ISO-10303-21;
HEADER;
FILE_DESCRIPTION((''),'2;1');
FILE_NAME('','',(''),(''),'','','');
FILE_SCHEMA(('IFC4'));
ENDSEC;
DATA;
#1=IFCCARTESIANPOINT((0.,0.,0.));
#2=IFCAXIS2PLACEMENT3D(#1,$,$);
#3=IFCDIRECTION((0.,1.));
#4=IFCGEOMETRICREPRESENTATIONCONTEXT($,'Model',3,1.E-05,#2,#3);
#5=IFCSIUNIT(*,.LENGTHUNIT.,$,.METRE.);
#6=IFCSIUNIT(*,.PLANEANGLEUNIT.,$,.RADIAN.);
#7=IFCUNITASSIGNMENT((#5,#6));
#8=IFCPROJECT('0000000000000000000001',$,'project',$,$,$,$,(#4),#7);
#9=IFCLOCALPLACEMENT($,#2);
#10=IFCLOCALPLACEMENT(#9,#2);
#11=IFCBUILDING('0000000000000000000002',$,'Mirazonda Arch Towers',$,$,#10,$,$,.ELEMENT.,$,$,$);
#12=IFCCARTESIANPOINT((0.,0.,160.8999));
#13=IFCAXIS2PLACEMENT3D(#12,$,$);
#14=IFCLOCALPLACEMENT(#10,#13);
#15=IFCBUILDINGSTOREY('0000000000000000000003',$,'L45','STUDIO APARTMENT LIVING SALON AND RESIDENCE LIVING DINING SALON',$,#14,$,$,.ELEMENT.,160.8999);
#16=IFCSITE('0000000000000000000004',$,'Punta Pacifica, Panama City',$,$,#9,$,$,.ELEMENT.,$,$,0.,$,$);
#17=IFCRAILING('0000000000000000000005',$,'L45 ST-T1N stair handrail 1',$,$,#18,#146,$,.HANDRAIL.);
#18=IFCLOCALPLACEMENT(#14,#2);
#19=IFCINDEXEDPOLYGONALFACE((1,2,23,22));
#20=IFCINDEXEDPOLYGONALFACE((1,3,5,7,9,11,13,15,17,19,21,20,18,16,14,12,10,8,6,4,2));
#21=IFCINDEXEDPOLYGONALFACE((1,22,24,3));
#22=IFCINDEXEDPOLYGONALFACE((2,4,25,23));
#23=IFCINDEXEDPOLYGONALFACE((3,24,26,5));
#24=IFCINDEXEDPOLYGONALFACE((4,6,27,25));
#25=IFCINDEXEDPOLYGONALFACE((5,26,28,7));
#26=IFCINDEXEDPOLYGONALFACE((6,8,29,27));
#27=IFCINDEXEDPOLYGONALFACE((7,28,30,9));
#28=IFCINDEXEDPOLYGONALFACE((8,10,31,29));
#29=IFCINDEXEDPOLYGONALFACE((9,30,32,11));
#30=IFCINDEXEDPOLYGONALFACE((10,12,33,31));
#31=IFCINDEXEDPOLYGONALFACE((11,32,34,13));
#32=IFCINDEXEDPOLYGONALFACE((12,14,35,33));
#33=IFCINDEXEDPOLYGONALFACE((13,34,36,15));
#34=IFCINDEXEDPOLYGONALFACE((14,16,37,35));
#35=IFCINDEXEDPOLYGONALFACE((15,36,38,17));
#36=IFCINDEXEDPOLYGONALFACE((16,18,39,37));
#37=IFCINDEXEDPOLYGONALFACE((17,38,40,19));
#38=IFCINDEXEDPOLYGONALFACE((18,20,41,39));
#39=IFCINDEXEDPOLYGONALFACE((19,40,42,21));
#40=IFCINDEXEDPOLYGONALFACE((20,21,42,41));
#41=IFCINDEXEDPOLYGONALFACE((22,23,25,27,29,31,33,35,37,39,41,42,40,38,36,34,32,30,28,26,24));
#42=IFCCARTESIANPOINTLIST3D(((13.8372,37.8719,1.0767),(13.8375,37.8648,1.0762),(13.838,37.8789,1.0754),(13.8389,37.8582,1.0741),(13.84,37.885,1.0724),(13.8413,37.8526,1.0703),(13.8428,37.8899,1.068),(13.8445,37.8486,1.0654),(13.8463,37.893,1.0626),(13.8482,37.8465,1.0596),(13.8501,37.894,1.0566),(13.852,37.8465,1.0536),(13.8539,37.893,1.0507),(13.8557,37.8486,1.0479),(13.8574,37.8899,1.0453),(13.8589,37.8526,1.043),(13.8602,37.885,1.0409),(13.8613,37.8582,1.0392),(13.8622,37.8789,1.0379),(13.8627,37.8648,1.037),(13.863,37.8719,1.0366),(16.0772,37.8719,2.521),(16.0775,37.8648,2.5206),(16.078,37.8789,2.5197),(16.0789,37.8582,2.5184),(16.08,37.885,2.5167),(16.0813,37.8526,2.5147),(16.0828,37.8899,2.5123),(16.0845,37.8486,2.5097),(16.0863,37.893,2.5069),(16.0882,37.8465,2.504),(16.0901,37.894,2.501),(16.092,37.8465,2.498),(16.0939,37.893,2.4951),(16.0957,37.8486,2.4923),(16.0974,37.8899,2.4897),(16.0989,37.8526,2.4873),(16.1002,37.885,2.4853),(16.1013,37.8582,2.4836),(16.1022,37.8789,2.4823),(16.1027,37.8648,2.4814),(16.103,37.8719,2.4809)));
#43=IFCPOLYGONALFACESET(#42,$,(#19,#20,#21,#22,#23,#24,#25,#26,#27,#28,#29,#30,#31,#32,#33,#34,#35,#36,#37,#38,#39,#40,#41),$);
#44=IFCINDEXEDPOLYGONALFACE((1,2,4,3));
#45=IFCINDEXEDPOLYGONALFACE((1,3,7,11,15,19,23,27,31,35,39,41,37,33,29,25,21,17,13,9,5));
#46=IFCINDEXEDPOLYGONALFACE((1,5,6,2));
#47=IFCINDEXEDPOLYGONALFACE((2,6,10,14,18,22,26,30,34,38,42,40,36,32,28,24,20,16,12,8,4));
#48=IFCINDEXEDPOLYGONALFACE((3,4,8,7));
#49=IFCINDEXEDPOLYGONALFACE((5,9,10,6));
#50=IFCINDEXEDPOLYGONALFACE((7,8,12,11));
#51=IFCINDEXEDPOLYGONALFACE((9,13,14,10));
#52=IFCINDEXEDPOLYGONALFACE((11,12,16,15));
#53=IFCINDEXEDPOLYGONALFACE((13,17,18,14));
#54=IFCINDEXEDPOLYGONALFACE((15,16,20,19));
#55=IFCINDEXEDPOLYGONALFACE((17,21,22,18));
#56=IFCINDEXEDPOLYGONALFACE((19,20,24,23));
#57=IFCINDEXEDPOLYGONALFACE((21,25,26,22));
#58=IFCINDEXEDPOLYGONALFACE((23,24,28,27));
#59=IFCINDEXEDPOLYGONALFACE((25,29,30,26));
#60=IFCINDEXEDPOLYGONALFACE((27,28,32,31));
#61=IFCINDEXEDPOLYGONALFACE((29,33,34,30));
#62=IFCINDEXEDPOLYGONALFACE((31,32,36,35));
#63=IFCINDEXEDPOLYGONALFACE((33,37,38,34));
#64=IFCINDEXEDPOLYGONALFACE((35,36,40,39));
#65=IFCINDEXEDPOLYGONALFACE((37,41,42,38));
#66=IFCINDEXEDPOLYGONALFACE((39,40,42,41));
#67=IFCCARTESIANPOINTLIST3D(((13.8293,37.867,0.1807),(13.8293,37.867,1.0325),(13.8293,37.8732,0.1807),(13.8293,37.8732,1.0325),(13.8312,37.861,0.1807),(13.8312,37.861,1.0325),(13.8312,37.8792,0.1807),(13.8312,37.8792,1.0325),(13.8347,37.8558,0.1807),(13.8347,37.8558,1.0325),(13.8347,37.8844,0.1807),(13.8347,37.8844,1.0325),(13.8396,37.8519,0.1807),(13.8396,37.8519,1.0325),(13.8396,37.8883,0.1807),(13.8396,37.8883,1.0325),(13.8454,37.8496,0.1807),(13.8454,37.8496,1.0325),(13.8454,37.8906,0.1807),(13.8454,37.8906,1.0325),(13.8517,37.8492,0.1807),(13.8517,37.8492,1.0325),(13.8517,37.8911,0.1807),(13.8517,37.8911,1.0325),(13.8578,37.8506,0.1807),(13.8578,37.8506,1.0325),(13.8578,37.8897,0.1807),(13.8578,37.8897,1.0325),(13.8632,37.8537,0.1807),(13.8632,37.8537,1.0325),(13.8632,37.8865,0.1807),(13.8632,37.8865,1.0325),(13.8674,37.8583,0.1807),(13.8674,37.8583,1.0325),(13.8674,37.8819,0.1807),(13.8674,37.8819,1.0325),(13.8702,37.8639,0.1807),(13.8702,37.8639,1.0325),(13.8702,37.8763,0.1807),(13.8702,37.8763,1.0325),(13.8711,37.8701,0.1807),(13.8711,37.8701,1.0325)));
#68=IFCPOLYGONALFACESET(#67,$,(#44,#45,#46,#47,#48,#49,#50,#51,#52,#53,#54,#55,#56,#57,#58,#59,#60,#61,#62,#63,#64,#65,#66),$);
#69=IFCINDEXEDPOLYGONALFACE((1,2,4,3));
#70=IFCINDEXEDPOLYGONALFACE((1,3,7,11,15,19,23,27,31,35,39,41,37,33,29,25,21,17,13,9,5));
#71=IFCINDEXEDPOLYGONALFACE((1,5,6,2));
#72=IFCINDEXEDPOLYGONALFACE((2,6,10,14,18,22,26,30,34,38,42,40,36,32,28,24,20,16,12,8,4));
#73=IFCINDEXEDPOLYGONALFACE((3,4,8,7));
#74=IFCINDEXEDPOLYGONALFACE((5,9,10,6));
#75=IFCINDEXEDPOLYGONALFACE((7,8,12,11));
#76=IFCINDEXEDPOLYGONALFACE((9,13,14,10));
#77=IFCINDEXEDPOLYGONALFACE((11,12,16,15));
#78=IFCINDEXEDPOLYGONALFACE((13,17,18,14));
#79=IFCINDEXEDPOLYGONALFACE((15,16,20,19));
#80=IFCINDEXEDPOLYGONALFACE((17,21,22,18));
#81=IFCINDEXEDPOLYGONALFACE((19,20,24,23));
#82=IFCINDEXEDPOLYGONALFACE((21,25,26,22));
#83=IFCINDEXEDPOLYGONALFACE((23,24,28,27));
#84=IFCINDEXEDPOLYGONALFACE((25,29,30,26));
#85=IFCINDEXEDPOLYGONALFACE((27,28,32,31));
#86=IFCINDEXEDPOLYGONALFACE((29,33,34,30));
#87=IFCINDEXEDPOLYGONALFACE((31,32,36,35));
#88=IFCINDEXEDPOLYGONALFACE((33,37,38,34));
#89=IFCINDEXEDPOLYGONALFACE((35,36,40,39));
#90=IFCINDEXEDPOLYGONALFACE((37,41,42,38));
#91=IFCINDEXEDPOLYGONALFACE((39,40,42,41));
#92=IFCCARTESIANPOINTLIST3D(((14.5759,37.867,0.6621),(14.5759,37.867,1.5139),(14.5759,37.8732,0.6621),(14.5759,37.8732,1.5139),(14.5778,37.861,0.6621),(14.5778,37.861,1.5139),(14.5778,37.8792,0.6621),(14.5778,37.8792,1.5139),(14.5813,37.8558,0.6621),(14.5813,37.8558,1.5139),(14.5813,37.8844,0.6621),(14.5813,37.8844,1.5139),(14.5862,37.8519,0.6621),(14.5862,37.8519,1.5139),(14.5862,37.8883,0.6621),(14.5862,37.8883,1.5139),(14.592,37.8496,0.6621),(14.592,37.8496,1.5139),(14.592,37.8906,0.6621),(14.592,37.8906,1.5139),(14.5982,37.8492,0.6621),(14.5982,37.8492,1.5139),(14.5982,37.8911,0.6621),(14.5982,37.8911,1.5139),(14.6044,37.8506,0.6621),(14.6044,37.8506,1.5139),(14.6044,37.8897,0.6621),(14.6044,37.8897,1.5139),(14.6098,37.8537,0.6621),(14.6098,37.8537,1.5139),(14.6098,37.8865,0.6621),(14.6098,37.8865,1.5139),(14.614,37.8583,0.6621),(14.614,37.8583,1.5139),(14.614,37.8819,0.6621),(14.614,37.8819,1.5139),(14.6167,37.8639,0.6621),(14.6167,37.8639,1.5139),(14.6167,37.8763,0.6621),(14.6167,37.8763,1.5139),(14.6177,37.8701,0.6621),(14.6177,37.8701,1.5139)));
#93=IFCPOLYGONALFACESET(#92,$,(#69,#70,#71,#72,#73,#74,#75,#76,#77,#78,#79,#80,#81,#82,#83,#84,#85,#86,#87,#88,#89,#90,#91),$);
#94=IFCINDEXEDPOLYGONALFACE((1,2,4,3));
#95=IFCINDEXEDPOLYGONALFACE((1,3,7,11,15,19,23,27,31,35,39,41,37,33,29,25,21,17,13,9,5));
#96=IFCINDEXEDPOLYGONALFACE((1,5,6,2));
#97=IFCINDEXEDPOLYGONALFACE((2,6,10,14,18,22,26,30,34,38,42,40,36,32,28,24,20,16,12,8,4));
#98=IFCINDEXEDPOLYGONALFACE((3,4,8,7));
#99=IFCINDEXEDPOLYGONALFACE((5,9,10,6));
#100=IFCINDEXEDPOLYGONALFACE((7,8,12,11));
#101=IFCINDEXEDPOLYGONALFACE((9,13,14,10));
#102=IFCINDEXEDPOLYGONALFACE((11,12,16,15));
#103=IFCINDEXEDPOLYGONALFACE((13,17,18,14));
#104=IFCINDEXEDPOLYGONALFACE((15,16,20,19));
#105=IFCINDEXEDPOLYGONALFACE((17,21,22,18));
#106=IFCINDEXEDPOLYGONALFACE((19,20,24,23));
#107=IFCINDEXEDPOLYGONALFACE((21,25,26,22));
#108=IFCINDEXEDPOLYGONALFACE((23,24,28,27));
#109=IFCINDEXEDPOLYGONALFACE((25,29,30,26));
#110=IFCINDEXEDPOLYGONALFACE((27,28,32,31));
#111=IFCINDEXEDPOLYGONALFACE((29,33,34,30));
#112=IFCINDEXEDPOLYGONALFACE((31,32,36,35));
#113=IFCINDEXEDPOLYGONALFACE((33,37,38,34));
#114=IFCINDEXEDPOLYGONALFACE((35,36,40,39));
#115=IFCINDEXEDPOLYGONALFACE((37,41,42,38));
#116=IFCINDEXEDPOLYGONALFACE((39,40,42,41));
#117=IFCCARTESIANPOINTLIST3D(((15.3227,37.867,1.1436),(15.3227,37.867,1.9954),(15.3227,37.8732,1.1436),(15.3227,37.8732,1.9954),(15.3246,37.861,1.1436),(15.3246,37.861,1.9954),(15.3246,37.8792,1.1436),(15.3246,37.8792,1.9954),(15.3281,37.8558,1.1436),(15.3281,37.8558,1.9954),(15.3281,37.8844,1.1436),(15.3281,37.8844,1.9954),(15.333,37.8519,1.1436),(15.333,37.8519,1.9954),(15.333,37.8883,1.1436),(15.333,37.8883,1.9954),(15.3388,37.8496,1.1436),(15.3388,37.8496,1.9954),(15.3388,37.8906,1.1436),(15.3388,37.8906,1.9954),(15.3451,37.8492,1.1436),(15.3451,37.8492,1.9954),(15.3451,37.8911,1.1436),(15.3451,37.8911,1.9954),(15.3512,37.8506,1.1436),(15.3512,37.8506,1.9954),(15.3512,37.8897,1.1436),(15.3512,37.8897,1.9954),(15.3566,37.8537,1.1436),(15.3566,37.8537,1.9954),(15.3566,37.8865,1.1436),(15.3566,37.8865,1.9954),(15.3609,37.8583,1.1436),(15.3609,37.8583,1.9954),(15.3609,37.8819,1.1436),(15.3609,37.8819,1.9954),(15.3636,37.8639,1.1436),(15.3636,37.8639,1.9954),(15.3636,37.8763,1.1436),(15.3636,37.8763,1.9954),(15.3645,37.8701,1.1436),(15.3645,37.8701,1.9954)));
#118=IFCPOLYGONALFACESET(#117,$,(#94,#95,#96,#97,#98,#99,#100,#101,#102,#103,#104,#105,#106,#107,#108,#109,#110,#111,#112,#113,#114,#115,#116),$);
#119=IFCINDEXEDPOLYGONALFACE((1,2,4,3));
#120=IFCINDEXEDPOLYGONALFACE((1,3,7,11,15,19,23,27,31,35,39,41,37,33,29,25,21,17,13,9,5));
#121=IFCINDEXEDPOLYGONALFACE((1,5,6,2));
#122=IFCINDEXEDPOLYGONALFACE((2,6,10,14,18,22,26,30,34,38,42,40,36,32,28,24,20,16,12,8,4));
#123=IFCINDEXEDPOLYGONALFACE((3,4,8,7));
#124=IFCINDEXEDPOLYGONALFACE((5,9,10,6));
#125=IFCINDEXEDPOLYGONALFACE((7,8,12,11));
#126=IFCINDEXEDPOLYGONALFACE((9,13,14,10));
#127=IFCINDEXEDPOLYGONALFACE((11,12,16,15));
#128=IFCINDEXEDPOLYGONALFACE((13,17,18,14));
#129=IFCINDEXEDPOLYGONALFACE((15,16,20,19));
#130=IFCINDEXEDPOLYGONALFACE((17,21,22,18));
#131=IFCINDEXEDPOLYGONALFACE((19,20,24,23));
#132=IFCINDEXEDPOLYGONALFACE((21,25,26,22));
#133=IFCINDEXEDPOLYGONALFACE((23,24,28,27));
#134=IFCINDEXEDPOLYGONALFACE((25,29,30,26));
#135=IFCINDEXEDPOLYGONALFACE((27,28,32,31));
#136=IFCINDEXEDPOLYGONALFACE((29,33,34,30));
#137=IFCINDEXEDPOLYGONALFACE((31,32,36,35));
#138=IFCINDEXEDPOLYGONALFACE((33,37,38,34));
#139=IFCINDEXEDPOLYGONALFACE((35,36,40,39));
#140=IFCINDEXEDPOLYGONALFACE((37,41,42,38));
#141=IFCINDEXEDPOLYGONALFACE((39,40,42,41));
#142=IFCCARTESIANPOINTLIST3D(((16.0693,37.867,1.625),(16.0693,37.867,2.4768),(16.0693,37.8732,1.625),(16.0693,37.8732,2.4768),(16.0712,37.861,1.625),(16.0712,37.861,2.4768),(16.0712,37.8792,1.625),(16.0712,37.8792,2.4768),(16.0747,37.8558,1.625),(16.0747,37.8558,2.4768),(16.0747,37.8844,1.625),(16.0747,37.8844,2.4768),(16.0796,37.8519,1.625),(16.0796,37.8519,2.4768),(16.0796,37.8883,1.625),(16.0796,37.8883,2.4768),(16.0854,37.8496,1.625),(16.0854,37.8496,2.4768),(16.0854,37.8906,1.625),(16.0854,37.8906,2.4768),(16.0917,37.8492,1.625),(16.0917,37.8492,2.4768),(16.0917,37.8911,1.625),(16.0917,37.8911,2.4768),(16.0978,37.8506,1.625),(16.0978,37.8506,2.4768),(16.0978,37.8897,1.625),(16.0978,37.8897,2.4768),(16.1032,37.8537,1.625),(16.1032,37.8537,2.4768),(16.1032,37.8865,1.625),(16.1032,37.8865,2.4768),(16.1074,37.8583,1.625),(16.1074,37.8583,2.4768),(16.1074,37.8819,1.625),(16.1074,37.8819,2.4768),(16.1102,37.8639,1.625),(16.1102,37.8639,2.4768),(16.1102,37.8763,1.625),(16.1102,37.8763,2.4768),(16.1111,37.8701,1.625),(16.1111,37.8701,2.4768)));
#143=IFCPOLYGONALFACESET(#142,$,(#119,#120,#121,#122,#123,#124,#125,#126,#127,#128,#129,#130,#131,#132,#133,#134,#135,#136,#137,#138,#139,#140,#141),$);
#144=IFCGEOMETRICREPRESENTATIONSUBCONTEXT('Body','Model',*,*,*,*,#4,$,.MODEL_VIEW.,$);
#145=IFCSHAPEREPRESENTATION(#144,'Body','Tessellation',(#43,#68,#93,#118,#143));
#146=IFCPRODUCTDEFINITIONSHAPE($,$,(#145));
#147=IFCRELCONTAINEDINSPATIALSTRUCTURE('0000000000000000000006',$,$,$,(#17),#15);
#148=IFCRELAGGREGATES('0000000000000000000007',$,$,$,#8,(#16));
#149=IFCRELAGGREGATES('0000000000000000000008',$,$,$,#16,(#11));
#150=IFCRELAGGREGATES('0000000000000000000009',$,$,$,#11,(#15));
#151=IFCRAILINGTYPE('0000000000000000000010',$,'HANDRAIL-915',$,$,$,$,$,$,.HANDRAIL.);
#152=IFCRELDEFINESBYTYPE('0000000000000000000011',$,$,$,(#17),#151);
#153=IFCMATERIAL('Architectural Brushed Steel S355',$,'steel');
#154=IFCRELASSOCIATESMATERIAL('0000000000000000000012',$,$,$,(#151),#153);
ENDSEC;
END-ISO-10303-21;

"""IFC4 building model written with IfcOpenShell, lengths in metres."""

from ifc_helpers import new_model, si_unit, direction, frame, origin, origin_2d, place, context, subcontext, project, spatial, circle, extrude, material, type_object, element, save


model = new_model("IFC4")

# Units and contexts
model_context = context("Model", 3, precision=1e-05, world=origin(), true_north=direction((0.0, 1.0)))
body_context = subcontext(model_context, "Body", "Model", "MODEL_VIEW")
ifc_project = project(units=[si_unit("LENGTHUNIT", "METRE"), si_unit("PLANEANGLEUNIT", "RADIAN")], contexts=[model_context])

# Site, building, storey
site_placement = place(None, origin())
site = spatial("IfcSite", under=ifc_project, at=site_placement, Name="Punta Pacifica, Panama City", CompositionType="ELEMENT", RefElevation=0.0)
building_placement = place(site_placement, origin())
building = spatial("IfcBuilding", under=site, at=building_placement, Name="Mirazonda Arch Towers", CompositionType="ELEMENT")
storey_placement = place(building_placement, frame((0.0, 0.0, 160.8999)))
storey = spatial("IfcBuildingStorey", under=building, at=storey_placement, Name="L45", Description="STUDIO APARTMENT LIVING SALON AND RESIDENCE LIVING DINING SALON", CompositionType="ELEMENT", Elevation=160.8999)

# Shared definitions
ifc_material_1 = material(Name="Architectural Brushed Steel S355", Category="steel")

# Railing
railing_type_1 = type_object("IfcRailingType", Name="HANDRAIL-915", PredefinedType="HANDRAIL", material=ifc_material_1)
railing_1_placement = place(storey_placement, frame((13.8501, 37.8701, 0.1807)))
element("IfcRailing", 1, at=railing_1_placement, inside=storey, type_object=railing_type_1, Name="L45 ST-T1N stair handrail 1", PredefinedType="HANDRAIL", context=body_context, shape_type="SweptSolid", body=[
    extrude(circle(Radius=0.0239, at=origin_2d()), frame((0.0, 0.0, 0.876), z_axis=(0.840437, 0.0, 0.54191), x_axis=(0.0, 1.0, 0.0)), (0.0, 0.0, 1.0), 2.6653),
    extrude(circle(Radius=0.021, at=origin_2d()), origin(), (0.0, 0.0, 1.0), 0.8518),
    extrude(circle(Radius=0.021, at=origin_2d()), frame((0.7466, 0.0, 0.4814)), (0.0, 0.0, 1.0), 0.8518),
    extrude(circle(Radius=0.021, at=origin_2d()), frame((1.4934, 0.0, 0.9629)), (0.0, 0.0, 1.0), 0.8518),
    extrude(circle(Radius=0.021, at=origin_2d()), frame((2.24, 0.0, 1.4443)), (0.0, 0.0, 1.0), 0.8518),
])

save(model, "model.ifc")
